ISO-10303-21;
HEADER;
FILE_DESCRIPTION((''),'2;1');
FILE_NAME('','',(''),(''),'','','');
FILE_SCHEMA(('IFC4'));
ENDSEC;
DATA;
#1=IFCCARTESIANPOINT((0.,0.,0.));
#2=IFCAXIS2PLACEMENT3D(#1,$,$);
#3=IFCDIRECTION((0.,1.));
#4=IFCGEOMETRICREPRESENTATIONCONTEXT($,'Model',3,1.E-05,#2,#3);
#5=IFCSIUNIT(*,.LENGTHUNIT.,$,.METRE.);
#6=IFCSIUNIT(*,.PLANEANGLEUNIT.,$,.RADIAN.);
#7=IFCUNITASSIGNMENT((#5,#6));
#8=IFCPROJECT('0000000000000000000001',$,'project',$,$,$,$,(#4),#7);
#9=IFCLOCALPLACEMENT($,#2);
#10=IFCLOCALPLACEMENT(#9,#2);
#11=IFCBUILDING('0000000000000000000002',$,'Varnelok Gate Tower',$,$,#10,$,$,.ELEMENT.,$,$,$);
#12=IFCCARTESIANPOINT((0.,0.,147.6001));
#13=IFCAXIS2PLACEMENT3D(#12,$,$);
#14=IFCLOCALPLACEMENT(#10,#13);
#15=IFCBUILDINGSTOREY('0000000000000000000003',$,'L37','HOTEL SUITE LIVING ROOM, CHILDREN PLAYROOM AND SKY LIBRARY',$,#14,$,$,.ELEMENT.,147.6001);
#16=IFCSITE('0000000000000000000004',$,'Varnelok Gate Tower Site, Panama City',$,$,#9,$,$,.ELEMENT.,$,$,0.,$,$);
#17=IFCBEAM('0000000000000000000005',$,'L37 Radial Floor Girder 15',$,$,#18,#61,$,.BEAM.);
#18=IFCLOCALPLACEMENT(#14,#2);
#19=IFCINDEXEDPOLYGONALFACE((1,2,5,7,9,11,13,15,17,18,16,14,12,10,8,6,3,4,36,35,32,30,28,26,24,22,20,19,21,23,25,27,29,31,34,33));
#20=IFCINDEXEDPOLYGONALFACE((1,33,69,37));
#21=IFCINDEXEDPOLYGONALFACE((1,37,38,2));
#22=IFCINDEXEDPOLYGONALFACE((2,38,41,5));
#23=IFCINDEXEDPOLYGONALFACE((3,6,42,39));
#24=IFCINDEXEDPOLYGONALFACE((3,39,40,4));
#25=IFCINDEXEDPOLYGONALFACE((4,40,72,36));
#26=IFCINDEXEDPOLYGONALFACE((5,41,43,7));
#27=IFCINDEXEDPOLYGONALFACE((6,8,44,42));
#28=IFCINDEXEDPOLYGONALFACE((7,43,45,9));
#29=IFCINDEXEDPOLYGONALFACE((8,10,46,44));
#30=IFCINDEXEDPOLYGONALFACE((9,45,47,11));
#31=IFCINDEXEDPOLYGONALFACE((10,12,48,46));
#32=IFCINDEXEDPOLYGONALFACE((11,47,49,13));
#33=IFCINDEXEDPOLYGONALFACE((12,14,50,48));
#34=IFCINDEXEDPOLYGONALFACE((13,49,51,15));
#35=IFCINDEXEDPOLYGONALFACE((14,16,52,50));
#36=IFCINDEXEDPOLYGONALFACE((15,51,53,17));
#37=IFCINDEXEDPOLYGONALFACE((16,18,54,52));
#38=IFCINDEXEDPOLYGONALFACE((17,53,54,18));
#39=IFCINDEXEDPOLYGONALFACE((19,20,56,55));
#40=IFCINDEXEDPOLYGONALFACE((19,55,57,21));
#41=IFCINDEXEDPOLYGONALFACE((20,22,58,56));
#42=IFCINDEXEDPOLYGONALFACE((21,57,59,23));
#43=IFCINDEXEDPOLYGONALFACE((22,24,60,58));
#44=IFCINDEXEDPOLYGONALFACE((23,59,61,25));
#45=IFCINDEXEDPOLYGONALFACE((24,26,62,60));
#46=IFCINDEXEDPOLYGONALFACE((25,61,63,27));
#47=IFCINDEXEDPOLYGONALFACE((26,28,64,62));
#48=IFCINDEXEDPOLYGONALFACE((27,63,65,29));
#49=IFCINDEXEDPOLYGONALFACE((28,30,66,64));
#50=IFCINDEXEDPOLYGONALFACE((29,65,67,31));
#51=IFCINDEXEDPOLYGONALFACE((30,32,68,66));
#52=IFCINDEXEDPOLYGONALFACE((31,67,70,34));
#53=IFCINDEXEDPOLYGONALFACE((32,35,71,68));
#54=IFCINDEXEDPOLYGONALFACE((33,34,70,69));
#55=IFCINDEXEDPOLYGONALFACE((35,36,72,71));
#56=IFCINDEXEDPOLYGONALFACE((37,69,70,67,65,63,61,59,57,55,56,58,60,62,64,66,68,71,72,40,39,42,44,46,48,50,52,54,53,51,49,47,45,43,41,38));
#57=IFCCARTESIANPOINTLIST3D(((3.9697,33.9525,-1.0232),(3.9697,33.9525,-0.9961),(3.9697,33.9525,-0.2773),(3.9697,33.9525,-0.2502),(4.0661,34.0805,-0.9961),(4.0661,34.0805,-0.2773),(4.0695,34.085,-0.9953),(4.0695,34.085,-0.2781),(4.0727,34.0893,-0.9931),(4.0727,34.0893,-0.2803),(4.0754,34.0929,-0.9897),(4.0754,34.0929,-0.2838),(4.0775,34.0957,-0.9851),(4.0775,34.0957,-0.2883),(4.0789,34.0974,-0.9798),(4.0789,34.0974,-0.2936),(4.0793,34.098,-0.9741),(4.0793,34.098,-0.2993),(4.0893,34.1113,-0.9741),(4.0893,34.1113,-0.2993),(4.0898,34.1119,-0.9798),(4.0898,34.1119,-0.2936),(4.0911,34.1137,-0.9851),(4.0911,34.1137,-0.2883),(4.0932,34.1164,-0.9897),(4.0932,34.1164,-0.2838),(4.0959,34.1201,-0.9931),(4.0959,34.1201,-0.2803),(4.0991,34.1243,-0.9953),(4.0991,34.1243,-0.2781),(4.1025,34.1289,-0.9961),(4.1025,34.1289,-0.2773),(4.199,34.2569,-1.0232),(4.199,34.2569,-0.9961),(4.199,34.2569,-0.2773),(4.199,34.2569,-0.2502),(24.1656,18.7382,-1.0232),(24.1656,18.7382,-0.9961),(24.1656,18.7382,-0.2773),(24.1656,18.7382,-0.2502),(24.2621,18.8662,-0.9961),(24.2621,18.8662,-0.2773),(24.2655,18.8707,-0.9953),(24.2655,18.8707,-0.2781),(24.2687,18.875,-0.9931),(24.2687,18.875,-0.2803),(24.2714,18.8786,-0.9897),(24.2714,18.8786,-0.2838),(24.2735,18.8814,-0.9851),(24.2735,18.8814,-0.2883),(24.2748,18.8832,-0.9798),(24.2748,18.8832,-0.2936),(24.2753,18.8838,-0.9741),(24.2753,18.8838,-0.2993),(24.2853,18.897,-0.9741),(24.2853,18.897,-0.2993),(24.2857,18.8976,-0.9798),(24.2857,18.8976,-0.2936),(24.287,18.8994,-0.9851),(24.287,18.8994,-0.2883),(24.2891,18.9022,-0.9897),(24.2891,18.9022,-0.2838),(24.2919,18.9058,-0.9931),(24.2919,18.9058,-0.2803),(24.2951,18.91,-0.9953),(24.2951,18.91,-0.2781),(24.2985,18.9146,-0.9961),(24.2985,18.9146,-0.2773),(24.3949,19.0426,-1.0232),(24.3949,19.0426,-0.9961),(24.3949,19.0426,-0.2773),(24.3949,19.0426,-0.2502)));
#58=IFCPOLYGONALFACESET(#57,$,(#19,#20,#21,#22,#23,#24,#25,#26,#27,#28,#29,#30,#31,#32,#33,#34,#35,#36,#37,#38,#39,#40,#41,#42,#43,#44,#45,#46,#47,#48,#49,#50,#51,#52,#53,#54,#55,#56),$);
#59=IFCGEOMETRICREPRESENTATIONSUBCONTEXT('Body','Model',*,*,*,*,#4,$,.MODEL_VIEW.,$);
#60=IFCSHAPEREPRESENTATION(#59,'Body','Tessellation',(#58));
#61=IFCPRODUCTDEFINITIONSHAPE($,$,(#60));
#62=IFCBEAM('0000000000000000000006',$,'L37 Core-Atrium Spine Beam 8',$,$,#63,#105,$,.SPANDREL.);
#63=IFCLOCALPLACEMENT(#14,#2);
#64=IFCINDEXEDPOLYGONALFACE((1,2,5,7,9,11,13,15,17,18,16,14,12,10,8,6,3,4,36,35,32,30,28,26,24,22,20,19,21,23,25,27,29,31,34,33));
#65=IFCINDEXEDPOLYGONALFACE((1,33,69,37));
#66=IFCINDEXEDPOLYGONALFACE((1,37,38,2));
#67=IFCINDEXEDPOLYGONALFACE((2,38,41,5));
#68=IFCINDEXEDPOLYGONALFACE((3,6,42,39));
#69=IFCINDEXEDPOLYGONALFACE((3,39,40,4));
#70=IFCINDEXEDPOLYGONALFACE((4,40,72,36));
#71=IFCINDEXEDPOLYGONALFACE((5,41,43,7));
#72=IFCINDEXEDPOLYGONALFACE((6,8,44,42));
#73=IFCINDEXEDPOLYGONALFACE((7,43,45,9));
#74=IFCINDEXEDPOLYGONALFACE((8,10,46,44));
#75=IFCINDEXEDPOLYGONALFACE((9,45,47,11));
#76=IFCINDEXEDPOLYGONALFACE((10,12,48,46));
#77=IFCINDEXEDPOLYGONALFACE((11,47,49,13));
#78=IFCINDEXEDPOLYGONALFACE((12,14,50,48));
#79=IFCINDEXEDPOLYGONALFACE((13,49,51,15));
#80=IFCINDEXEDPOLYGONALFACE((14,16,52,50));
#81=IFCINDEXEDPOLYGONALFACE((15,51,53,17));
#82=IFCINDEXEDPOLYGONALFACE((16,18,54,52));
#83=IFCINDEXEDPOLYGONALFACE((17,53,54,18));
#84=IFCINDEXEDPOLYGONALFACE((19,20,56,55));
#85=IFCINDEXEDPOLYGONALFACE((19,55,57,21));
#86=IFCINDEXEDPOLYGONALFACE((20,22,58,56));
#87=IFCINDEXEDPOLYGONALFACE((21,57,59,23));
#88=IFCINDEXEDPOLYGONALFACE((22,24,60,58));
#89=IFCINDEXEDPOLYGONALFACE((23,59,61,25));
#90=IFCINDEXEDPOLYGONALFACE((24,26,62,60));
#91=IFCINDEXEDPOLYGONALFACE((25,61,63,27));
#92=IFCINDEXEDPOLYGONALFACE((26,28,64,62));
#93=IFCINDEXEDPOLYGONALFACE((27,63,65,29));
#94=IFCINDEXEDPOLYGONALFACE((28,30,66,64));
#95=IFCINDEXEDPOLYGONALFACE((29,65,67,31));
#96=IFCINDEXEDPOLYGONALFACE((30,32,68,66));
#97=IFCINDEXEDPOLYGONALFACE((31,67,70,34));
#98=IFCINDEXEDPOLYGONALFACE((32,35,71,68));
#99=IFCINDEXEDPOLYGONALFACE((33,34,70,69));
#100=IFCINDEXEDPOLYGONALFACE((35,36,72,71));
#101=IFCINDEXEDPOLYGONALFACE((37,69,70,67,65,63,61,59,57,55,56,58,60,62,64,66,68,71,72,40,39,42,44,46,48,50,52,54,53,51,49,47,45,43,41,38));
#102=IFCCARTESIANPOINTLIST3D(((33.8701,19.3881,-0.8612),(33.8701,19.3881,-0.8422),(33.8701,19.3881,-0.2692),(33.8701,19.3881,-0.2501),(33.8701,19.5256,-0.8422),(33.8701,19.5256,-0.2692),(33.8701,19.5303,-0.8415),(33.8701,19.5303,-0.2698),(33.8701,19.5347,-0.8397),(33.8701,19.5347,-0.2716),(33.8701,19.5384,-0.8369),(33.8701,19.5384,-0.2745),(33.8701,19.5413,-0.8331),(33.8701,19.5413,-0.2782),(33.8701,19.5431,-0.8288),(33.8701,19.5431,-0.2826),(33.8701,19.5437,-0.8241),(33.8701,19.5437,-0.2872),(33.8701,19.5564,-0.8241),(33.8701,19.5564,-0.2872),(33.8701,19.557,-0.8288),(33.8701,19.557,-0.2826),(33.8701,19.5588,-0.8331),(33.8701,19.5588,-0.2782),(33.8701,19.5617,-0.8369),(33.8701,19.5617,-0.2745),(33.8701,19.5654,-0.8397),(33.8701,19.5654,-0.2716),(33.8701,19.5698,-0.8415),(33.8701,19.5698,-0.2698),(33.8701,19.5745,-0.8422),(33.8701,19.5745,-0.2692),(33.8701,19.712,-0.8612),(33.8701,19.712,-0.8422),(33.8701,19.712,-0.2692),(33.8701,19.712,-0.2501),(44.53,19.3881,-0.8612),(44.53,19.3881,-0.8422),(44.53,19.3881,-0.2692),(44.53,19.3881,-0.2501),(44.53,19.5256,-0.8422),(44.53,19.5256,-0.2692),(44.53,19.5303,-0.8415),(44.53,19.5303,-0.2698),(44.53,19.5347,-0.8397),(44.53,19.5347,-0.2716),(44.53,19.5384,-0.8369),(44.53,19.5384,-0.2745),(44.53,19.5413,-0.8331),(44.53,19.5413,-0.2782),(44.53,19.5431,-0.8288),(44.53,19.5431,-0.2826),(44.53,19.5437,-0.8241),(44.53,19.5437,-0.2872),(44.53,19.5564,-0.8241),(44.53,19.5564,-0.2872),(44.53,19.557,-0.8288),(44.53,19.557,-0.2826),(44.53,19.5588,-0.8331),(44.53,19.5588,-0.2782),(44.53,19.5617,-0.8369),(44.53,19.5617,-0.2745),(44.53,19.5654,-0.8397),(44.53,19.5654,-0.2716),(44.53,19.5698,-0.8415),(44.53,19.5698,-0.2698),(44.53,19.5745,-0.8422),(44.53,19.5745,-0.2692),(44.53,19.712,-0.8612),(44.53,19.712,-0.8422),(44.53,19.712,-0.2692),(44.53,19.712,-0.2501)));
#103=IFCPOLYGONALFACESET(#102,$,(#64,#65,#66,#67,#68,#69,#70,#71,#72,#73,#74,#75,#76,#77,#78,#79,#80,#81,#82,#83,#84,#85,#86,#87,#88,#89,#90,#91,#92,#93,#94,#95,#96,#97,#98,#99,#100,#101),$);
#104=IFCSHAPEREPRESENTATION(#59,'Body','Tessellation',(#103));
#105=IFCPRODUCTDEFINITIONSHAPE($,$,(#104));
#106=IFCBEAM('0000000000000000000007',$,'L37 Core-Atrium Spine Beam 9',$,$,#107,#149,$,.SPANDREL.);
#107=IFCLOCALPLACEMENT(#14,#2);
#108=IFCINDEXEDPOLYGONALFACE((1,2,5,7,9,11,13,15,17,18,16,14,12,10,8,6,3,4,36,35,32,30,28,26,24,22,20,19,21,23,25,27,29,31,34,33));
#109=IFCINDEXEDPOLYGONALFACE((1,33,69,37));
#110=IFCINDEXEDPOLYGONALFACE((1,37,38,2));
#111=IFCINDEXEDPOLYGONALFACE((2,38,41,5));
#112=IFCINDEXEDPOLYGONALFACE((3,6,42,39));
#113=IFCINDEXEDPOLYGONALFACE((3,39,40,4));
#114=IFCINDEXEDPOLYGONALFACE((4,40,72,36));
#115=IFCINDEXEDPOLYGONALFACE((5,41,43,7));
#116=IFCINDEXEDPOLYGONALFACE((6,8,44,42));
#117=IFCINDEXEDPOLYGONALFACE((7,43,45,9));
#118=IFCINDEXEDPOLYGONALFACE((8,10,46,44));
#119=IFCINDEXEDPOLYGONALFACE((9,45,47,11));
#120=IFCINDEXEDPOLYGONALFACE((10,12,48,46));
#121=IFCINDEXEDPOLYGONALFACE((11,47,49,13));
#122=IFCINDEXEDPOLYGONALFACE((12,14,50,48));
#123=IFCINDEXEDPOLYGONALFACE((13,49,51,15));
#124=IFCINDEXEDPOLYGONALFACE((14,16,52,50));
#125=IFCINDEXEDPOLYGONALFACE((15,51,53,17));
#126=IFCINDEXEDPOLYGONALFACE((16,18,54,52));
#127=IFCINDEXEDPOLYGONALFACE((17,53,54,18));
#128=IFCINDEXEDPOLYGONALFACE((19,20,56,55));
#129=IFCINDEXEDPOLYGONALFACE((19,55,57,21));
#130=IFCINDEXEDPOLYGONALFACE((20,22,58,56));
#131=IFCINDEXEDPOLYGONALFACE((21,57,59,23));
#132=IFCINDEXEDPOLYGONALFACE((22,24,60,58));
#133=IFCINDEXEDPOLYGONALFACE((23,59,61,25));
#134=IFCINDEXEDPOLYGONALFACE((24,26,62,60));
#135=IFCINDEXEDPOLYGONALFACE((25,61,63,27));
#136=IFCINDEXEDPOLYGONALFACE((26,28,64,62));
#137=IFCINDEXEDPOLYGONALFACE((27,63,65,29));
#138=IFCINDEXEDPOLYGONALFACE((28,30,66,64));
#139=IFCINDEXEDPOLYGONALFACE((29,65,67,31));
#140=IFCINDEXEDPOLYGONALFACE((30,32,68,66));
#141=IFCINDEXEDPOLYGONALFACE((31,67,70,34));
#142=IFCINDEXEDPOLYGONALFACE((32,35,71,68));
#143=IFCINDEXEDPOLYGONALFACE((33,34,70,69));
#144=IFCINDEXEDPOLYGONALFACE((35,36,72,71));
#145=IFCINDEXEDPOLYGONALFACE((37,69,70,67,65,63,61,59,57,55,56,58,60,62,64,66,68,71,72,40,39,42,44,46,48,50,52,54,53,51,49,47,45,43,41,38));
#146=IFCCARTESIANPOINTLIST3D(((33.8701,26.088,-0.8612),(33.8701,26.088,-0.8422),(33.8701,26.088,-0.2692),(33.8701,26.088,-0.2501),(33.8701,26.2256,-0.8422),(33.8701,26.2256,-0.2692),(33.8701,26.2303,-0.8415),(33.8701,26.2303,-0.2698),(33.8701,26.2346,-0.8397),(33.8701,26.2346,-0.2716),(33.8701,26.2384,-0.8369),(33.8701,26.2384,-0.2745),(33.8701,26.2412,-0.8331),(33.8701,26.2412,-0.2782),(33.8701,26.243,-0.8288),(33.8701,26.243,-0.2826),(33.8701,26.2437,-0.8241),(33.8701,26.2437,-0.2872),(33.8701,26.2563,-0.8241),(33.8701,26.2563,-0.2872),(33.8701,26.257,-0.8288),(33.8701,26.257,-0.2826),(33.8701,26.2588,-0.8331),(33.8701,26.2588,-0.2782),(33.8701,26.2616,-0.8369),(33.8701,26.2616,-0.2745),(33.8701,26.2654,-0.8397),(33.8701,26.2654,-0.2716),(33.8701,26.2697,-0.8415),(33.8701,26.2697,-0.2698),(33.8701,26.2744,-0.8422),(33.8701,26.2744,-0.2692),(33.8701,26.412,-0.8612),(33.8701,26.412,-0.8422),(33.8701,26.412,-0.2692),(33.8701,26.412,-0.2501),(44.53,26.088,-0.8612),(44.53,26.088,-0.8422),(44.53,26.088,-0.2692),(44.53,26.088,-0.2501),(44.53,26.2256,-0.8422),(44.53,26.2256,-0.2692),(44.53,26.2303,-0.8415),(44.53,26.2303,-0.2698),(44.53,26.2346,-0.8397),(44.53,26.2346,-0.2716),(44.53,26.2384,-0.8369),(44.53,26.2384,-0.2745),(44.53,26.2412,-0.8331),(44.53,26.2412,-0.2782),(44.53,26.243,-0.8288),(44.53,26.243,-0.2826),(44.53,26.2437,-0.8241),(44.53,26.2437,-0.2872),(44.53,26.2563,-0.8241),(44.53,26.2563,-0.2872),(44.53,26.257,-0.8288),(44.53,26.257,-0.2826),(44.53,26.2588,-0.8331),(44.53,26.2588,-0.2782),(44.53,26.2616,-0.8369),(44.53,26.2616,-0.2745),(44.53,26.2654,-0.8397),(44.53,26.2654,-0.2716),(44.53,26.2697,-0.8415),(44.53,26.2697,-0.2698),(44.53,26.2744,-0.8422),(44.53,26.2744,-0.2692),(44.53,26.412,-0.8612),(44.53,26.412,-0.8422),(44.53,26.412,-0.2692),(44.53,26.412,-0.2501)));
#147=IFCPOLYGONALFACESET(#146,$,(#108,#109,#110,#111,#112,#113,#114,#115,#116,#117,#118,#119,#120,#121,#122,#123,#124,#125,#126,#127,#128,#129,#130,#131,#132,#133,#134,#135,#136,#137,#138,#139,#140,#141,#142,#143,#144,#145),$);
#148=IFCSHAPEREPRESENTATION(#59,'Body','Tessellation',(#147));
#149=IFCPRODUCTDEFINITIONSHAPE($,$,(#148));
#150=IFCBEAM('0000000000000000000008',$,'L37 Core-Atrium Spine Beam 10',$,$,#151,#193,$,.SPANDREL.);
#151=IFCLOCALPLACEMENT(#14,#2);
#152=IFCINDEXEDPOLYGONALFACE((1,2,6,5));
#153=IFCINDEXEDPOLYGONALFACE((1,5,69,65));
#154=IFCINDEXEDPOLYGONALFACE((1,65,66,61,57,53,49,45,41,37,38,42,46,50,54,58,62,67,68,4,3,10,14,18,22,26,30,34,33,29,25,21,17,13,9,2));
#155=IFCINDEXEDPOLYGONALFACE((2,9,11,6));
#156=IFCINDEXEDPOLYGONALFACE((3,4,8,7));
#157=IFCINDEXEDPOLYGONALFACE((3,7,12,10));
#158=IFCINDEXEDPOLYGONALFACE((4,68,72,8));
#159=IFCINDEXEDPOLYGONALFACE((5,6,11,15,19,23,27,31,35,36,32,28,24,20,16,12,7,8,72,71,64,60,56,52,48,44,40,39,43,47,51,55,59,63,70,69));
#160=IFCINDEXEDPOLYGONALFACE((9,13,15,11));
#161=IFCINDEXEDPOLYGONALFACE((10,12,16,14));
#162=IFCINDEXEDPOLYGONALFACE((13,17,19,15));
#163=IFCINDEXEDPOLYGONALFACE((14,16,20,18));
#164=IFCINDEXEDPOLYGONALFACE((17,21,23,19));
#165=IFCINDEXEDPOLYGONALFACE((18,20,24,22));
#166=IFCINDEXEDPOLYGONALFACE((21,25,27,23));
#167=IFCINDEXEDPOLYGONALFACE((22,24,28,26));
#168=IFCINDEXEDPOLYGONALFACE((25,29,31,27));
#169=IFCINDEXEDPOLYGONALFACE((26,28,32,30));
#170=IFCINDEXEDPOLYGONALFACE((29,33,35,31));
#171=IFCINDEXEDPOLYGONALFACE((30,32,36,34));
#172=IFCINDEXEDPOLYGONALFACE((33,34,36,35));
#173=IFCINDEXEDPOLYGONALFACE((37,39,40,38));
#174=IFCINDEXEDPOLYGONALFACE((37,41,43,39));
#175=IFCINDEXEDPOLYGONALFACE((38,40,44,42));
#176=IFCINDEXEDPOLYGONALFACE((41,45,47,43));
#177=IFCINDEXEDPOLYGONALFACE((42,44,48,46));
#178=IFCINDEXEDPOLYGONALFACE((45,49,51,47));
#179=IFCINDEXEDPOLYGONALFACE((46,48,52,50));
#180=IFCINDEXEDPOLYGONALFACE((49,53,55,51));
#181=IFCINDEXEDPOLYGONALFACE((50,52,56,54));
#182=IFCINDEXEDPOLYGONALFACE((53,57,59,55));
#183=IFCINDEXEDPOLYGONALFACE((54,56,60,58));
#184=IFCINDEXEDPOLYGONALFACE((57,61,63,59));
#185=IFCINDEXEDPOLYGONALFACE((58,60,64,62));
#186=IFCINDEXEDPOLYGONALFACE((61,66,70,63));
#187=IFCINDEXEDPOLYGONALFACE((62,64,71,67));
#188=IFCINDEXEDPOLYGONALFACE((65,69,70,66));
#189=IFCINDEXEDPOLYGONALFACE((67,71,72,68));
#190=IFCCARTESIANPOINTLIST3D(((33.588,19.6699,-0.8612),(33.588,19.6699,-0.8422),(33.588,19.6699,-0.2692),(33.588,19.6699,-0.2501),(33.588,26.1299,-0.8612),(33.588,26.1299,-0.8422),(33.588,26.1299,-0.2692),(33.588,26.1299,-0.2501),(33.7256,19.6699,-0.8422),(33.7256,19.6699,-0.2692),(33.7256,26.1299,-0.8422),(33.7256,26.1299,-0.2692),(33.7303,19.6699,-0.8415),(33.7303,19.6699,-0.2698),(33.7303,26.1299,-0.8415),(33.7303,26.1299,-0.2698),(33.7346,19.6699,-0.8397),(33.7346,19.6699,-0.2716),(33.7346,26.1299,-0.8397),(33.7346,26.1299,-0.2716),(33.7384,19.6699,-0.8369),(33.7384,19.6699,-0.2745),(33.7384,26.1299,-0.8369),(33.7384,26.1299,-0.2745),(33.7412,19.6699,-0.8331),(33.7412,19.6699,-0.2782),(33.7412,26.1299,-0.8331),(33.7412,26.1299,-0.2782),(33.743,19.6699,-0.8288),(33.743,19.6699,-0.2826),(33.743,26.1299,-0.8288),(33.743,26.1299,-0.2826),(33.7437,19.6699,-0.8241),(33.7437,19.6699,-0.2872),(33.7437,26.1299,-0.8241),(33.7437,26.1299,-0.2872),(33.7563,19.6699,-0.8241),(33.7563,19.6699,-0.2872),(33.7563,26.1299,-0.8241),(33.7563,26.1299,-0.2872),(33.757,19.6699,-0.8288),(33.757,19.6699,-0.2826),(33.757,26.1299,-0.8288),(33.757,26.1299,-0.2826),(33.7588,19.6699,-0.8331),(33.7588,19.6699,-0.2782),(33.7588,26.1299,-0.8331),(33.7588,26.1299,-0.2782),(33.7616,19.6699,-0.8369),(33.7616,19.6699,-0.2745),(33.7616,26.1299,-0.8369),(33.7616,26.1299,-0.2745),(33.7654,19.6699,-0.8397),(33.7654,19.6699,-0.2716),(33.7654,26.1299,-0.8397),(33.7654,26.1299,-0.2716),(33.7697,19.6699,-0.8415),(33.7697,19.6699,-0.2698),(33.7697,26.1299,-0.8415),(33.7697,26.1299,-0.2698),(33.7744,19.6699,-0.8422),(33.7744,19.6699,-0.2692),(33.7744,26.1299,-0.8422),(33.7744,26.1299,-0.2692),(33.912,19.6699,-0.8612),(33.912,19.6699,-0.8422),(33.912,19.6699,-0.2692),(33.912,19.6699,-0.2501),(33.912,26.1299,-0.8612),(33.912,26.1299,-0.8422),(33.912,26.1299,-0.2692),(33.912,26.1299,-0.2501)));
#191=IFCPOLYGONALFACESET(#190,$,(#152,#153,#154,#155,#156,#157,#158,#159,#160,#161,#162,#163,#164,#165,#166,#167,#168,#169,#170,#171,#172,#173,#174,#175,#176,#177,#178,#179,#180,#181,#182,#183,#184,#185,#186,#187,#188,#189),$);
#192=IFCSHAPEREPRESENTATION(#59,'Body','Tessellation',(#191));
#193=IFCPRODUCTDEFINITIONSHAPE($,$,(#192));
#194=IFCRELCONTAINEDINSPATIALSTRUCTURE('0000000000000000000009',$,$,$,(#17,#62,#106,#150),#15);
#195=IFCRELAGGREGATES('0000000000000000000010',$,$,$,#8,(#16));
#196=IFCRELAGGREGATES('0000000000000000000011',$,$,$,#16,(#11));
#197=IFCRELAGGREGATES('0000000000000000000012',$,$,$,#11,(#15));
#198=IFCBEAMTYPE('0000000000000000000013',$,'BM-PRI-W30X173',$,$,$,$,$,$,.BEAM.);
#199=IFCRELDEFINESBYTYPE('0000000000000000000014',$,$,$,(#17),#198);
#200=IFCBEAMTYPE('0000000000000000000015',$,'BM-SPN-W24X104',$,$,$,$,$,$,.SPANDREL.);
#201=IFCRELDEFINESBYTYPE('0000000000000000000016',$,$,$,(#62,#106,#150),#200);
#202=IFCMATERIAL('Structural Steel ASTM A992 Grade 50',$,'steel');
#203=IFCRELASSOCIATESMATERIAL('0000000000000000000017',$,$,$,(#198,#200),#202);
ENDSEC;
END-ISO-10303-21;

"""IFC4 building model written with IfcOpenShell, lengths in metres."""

from ifc_helpers import new_model, si_unit, direction, frame, origin, origin_2d, place, context, subcontext, project, spatial, i_section, extrude, material, material_profile, profile_set, type_object, element, save


model = new_model("IFC4")

# Units and contexts
model_context = context("Model", 3, precision=1e-05, world=origin(), true_north=direction((0.0, 1.0)))
body_context = subcontext(model_context, "Body", "Model", "MODEL_VIEW")
ifc_project = project(units=[si_unit("LENGTHUNIT", "METRE"), si_unit("PLANEANGLEUNIT", "RADIAN")], contexts=[model_context])

# Site, building, storey
site_placement = place(None, origin())
site = spatial("IfcSite", under=ifc_project, at=site_placement, Name="Varnelok Gate Tower Site, Panama City", CompositionType="ELEMENT", RefElevation=0.0)
building_placement = place(site_placement, origin())
building = spatial("IfcBuilding", under=site, at=building_placement, Name="Varnelok Gate Tower", CompositionType="ELEMENT")
storey_placement = place(building_placement, frame((0.0, 0.0, 147.6001)))
storey = spatial("IfcBuildingStorey", under=building, at=storey_placement, Name="L37", Description="HOTEL SUITE LIVING ROOM, CHILDREN PLAYROOM AND SKY LIBRARY", CompositionType="ELEMENT", Elevation=147.6001)

# Shared definitions
ifc_material_1 = material(Name="Structural Steel ASTM A992 Grade 50", Category="steel")

# Beams
ifc_material_profile_1 = material_profile(ifc_material_1, i_section(OverallWidth=0.3811, OverallDepth=0.7729, WebThickness=0.0166, FlangeThickness=0.0271, FilletRadius=0.022, at=origin_2d()), Name="W30X173")
ifc_profile_set_1 = profile_set([ifc_material_profile_1], Name="Structural Steel ASTM A992 Grade 50")
beam_type_1 = type_object("IfcBeamType", Name="BM-PRI-W30X173", PredefinedType="BEAM", material=ifc_profile_set_1)
beam_1_placement = place(storey_placement, frame((24.2803, 18.8904, -0.6367), z_axis=(-0.79872, 0.601703, 0.0), x_axis=(-0.601703, -0.79872, 0.0)))
element("IfcBeam", 1, at=beam_1_placement, inside=storey, type_object=beam_type_1, Name="L37 Radial Floor Girder 15", PredefinedType="BEAM", context=body_context, shape_type="SweptSolid", body=[
    extrude(i_section(OverallWidth=0.3811, OverallDepth=0.7729, WebThickness=0.0166, FlangeThickness=0.0271, FilletRadius=0.022, at=origin_2d()), origin(), (0.0, 0.0, 1.0), 25.2854),
])
ifc_material_profile_2 = material_profile(ifc_material_1, i_section(OverallWidth=0.324, OverallDepth=0.6111, WebThickness=0.0127, FlangeThickness=0.019, FilletRadius=0.0181, at=origin_2d()), Name="W24X104")
ifc_profile_set_2 = profile_set([ifc_material_profile_2], Name="Structural Steel ASTM A992 Grade 50")
beam_type_2 = type_object("IfcBeamType", Name="BM-SPN-W24X104", PredefinedType="SPANDREL", material=ifc_profile_set_2)
for number, where, z_axis, x_axis, name in (
    (2, (33.8701, 19.55, -0.5557), (1.0, 0.0, 0.0), (0.0, 1.0, 0.0), "L37 Core-Atrium Spine Beam 8"),
    (3, (33.8701, 26.25, -0.5557), (1.0, 0.0, 0.0), (0.0, 1.0, 0.0), "L37 Core-Atrium Spine Beam 9"),
):
    element("IfcBeam", number, at=place(storey_placement, frame(where, z_axis=z_axis, x_axis=x_axis)), inside=storey, type_object=beam_type_2, Name=name, PredefinedType="SPANDREL", context=body_context, shape_type="SweptSolid", body=[
        extrude(i_section(OverallWidth=0.324, OverallDepth=0.6111, WebThickness=0.0127, FlangeThickness=0.019, FilletRadius=0.0181, at=origin_2d()), origin(), (0.0, 0.0, 1.0), 10.6599),
    ])
beam_2_placement = place(storey_placement, frame((33.75, 19.6699, -0.5557), z_axis=(0.0, 1.0, 0.0), x_axis=(-1.0, 0.0, 0.0)))
element("IfcBeam", 4, at=beam_2_placement, inside=storey, type_object=beam_type_2, Name="L37 Core-Atrium Spine Beam 10", PredefinedType="SPANDREL", context=body_context, shape_type="SweptSolid", body=[
    extrude(i_section(OverallWidth=0.324, OverallDepth=0.6111, WebThickness=0.0127, FlangeThickness=0.019, FilletRadius=0.0181, at=origin_2d()), origin(), (0.0, 0.0, 1.0), 6.46),
])

save(model, "model.ifc")
